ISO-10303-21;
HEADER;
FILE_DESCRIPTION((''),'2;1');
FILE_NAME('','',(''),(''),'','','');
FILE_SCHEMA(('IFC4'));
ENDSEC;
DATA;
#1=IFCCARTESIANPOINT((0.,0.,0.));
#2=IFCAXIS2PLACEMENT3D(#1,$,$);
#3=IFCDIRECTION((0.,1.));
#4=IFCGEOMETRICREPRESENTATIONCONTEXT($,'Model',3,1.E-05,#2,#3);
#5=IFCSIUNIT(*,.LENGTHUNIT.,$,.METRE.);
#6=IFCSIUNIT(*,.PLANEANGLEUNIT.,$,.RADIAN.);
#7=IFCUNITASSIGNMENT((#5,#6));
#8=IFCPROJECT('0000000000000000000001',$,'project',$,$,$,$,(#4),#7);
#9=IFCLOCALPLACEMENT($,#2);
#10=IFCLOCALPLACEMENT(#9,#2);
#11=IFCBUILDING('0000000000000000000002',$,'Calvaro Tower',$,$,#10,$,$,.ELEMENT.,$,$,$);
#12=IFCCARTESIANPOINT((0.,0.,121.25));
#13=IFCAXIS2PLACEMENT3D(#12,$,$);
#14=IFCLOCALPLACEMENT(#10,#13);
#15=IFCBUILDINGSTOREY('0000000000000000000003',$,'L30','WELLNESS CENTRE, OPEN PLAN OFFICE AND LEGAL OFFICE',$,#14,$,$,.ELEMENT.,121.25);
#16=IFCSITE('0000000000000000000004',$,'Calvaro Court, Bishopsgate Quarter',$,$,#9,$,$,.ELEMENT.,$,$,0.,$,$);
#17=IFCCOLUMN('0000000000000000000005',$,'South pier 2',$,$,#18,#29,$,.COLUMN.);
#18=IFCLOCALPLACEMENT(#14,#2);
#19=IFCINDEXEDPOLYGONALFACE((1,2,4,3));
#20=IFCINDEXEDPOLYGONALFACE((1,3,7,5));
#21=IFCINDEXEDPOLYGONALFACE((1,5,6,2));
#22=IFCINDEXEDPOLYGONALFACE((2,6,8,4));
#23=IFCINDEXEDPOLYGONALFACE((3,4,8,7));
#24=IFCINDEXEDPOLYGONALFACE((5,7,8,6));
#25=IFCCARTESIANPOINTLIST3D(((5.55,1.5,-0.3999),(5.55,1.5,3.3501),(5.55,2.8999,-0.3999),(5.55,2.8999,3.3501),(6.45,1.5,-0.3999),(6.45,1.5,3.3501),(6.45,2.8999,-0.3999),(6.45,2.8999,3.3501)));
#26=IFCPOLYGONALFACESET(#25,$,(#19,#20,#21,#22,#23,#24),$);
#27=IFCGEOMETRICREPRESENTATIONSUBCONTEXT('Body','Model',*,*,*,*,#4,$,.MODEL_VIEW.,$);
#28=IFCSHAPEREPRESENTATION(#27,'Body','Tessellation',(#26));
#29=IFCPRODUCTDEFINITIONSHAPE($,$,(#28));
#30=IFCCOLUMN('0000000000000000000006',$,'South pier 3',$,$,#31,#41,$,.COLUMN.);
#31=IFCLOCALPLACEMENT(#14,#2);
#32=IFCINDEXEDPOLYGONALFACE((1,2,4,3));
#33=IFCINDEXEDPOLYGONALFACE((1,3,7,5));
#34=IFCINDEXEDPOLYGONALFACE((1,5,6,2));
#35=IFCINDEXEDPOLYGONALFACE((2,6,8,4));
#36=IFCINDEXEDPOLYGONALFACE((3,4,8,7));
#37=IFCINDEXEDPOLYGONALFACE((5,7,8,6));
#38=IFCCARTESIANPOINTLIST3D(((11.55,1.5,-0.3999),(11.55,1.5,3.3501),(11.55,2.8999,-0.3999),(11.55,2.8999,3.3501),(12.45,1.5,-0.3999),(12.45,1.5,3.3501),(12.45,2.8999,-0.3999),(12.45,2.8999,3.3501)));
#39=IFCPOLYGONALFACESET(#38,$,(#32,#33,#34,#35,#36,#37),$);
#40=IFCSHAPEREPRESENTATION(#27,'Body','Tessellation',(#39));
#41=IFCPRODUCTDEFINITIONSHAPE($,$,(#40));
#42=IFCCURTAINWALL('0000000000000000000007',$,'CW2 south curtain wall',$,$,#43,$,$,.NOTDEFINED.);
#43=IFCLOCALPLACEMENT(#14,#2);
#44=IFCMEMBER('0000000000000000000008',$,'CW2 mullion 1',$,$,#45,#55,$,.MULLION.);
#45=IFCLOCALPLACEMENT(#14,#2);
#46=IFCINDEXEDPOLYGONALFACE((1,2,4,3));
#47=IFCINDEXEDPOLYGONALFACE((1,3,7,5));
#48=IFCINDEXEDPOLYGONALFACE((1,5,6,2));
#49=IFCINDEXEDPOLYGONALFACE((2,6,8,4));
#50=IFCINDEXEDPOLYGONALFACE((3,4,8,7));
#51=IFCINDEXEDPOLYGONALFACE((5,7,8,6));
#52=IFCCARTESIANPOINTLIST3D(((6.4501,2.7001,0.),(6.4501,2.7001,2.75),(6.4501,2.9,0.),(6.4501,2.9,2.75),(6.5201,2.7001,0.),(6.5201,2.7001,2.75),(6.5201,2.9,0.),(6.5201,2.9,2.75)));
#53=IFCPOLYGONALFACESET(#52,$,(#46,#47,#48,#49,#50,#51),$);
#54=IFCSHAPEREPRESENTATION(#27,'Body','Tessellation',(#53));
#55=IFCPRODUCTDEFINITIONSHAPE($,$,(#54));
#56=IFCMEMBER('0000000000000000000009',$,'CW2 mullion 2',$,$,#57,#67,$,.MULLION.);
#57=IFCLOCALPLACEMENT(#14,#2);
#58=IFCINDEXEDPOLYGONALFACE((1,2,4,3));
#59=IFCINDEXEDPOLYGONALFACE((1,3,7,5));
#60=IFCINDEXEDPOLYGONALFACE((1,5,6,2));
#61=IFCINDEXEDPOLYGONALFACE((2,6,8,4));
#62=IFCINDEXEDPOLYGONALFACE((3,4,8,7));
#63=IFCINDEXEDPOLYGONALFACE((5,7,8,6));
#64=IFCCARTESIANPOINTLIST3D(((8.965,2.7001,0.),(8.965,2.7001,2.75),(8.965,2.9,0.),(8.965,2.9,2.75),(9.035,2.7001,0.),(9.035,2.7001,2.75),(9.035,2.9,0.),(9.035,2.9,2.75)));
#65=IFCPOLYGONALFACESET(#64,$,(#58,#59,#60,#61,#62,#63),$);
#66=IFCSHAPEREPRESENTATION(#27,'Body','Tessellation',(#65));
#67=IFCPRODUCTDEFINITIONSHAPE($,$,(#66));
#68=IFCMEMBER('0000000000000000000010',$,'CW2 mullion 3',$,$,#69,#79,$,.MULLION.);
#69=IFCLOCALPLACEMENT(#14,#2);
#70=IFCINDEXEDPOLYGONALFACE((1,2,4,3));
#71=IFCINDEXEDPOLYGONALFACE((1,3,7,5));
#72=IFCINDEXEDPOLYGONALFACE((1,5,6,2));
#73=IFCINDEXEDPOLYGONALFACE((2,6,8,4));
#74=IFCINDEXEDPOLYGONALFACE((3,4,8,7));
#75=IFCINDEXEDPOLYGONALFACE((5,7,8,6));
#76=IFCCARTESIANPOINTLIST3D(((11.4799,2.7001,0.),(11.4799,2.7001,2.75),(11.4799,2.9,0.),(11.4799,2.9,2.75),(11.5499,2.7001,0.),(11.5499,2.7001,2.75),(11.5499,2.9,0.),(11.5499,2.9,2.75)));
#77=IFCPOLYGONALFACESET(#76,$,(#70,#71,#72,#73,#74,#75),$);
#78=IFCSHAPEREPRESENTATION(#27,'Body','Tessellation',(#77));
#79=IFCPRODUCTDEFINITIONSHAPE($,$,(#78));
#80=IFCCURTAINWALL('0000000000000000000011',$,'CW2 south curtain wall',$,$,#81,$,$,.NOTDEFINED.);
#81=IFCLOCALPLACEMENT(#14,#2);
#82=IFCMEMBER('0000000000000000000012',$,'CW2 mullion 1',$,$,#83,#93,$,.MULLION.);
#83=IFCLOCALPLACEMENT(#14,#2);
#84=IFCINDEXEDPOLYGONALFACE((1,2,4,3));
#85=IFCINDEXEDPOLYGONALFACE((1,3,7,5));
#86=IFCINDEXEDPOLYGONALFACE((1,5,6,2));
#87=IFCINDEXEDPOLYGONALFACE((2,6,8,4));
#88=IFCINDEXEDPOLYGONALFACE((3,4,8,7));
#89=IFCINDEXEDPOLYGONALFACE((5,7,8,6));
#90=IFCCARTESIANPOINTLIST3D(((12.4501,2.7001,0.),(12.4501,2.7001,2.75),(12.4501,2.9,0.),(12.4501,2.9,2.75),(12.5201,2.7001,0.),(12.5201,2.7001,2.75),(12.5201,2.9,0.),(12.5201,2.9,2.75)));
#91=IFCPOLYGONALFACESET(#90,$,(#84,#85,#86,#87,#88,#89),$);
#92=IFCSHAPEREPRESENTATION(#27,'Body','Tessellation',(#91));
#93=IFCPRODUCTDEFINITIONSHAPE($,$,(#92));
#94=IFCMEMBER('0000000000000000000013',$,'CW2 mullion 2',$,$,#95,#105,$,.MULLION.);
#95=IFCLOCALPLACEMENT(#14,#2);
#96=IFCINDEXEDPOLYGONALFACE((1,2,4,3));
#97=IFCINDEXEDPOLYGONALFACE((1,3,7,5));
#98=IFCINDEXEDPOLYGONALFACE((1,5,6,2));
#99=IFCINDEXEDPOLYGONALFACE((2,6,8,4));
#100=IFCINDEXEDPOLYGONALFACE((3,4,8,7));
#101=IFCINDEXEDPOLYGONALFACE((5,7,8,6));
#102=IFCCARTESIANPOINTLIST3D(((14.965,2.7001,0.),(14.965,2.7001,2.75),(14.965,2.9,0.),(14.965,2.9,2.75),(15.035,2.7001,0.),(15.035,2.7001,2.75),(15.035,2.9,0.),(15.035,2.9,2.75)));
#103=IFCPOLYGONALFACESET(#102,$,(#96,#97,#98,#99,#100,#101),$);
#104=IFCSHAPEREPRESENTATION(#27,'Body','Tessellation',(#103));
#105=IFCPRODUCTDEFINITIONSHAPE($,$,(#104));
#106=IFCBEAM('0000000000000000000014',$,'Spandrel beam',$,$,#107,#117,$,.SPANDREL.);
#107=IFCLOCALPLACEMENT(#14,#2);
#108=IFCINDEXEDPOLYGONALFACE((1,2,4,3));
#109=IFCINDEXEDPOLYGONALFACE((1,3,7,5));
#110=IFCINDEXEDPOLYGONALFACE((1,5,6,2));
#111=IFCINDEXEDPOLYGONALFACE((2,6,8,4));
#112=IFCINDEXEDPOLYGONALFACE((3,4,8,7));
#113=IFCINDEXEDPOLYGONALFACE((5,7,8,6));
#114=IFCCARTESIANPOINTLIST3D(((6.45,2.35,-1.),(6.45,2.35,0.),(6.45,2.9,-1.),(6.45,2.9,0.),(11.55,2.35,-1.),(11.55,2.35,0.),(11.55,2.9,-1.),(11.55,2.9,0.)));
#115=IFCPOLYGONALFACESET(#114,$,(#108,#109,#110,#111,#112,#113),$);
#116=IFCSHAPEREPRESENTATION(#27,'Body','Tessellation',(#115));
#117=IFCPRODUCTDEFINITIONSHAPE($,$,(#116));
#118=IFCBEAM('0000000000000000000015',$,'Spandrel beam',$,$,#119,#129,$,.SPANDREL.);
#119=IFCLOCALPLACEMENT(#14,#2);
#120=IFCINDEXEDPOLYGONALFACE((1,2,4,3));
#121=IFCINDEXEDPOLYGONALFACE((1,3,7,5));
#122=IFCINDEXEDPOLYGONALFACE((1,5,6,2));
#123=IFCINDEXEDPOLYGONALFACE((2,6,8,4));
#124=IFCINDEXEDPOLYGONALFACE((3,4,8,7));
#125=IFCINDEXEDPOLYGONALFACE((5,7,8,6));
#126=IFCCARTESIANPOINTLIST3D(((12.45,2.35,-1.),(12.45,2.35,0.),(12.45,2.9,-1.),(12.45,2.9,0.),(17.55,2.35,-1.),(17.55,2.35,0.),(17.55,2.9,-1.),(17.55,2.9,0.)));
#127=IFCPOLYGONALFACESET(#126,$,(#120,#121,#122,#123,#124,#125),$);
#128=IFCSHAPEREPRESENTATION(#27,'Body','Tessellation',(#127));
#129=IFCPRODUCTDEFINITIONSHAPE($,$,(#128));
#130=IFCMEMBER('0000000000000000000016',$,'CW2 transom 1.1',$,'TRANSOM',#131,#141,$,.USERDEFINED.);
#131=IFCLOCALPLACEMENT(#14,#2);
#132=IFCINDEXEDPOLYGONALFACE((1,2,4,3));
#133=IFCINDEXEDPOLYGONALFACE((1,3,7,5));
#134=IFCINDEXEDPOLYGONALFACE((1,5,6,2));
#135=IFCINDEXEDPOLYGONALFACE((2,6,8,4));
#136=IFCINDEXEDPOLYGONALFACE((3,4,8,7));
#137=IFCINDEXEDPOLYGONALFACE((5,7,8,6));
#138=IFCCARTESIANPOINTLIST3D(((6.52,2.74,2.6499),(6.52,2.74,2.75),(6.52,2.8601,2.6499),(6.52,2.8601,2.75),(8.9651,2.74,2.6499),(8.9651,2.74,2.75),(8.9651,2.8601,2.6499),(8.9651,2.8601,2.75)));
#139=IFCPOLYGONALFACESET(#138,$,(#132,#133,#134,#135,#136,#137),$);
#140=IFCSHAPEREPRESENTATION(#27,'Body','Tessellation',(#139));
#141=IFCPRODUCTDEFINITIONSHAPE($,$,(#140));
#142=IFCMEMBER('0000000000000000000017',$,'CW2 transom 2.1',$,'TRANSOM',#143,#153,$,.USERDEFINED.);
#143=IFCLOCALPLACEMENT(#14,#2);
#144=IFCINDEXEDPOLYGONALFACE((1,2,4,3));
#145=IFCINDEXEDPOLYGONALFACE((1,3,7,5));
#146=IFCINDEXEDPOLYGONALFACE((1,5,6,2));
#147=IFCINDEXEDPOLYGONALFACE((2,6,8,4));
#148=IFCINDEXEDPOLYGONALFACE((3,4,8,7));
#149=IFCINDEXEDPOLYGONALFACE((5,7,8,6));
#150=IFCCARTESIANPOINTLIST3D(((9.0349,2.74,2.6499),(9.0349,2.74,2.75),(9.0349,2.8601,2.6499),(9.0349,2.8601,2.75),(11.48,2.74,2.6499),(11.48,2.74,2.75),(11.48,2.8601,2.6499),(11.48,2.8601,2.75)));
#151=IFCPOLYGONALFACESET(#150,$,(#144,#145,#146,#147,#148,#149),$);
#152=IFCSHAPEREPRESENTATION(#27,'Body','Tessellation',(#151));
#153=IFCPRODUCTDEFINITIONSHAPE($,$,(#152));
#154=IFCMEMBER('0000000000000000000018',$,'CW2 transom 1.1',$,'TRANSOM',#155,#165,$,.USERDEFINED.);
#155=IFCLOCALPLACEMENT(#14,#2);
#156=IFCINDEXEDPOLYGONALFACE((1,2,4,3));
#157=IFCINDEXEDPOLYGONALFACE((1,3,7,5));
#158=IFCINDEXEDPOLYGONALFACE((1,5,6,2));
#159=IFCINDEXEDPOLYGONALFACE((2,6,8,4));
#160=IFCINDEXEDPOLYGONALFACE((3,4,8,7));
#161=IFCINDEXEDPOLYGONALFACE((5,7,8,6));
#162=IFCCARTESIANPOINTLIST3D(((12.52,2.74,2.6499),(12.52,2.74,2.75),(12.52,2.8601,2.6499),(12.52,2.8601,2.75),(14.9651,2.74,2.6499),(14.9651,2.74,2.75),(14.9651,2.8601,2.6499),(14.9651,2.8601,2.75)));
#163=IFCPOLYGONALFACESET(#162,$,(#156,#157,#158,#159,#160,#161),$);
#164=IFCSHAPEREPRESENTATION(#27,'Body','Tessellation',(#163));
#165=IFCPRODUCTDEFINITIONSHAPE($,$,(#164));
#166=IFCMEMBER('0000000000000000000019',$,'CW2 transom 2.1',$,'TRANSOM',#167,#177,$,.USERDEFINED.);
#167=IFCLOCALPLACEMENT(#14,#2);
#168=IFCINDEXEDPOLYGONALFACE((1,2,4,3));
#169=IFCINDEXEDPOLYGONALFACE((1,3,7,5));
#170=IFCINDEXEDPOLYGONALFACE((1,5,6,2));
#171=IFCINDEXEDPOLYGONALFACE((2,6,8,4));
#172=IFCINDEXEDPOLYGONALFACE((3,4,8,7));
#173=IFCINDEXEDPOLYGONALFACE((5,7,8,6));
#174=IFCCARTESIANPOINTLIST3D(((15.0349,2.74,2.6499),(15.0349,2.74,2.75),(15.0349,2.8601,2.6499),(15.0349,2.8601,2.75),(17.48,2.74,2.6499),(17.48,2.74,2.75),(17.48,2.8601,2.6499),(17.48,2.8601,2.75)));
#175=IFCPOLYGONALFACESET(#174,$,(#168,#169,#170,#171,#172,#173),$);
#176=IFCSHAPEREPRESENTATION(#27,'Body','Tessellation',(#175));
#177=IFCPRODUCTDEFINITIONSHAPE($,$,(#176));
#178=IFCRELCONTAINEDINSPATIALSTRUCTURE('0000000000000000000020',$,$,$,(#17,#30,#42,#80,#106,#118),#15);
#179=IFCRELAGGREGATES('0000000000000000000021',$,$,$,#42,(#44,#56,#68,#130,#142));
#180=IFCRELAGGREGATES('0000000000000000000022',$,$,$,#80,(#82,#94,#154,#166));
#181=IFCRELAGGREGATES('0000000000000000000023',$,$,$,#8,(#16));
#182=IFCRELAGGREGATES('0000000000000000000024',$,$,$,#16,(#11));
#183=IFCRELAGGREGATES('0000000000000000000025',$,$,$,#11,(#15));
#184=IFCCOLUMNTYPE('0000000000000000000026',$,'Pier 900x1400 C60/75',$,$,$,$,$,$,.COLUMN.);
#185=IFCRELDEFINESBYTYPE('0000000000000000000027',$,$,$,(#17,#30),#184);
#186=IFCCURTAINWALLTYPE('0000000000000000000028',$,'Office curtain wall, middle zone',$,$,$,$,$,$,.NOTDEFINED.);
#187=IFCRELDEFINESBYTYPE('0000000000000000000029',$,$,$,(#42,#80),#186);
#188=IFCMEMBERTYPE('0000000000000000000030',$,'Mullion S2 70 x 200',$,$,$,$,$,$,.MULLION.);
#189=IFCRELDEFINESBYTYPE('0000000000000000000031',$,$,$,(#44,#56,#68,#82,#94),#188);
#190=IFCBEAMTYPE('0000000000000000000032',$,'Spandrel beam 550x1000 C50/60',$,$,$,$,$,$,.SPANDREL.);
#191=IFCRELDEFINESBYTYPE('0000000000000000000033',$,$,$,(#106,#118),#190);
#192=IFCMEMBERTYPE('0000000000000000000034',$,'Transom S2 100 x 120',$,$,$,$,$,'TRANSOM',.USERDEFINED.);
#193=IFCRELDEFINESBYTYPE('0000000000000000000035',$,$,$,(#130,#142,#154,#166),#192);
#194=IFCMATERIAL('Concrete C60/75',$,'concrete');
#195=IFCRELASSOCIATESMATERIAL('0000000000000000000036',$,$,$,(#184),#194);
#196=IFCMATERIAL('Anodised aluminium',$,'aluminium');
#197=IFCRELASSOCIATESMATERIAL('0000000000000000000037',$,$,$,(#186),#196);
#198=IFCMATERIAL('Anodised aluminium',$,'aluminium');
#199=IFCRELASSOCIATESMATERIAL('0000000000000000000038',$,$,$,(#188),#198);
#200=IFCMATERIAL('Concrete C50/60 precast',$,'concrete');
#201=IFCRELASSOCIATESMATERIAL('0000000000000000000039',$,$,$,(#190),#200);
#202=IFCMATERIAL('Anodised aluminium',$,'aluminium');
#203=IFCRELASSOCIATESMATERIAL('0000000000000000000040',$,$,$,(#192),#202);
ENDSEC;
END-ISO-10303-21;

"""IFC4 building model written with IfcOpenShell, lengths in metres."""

from ifc_helpers import new_model, si_unit, direction, frame, origin, origin_2d, place, context, subcontext, project, spatial, rectangle, extrude, material, material_profile, profile_set, type_object, element, aggregate, save


model = new_model("IFC4")

# Units and contexts
model_context = context("Model", 3, precision=1e-05, world=origin(), true_north=direction((0.0, 1.0)))
body_context = subcontext(model_context, "Body", "Model", "MODEL_VIEW")
ifc_project = project(units=[si_unit("LENGTHUNIT", "METRE"), si_unit("PLANEANGLEUNIT", "RADIAN")], contexts=[model_context])

# Site, building, storey
site_placement = place(None, origin())
site = spatial("IfcSite", under=ifc_project, at=site_placement, Name="Calvaro Court, Bishopsgate Quarter", CompositionType="ELEMENT", RefElevation=0.0)
building_placement = place(site_placement, origin())
building = spatial("IfcBuilding", under=site, at=building_placement, Name="Calvaro Tower", CompositionType="ELEMENT")
storey_placement = place(building_placement, frame((0.0, 0.0, 121.25)))
storey = spatial("IfcBuildingStorey", under=building, at=storey_placement, Name="L30", Description="WELLNESS CENTRE, OPEN PLAN OFFICE AND LEGAL OFFICE", CompositionType="ELEMENT", Elevation=121.25)

# Columns
ifc_material_1 = material(Name="Concrete C60/75", Category="concrete")
ifc_material_profile_1 = material_profile(ifc_material_1, rectangle(XDim=0.8999, YDim=1.3999, at=origin_2d()), Name="RC 900x1400")
ifc_profile_set_1 = profile_set([ifc_material_profile_1], Name="Concrete C60/75")
column_type = type_object("IfcColumnType", Name="Pier 900x1400 C60/75", PredefinedType="COLUMN", material=ifc_profile_set_1)
for number, where, z_axis, x_axis, name in (
    (1, (6.0, 2.2, -0.3999), (0.0, 0.0, 1.0), (1.0, 0.0, 0.0), "South pier 2"),
    (2, (12.0, 2.2, -0.3999), (0.0, 0.0, 1.0), (1.0, 0.0, 0.0), "South pier 3"),
):
    element("IfcColumn", number, at=place(storey_placement, frame(where, z_axis=z_axis, x_axis=x_axis)), inside=storey, type_object=column_type, Name=name, PredefinedType="COLUMN", context=body_context, shape_type="SweptSolid", body=[
        extrude(rectangle(XDim=0.8999, YDim=1.3999, at=origin_2d()), origin(), (0.0, 0.0, 1.0), 3.75),
    ])

# Curtain walls, members
ifc_material_2 = material(Name="Anodised aluminium", Category="aluminium")
curtain_wall_type = type_object("IfcCurtainWallType", Name="Office curtain wall, middle zone", PredefinedType="NOTDEFINED", material=ifc_material_2)
curtain_wall_1_placement = place(storey_placement, origin())
curtain_wall_1 = element("IfcCurtainWall", 3, at=curtain_wall_1_placement, inside=storey, type_object=curtain_wall_type, Name="CW2 south curtain wall", PredefinedType="NOTDEFINED")
ifc_material_3 = material(Name="Anodised aluminium", Category="aluminium")
ifc_material_profile_2 = material_profile(ifc_material_3, rectangle(XDim=0.2, YDim=0.0701, at=origin_2d()), Name="Mullion S2 70 x 200")
ifc_profile_set_2 = profile_set([ifc_material_profile_2], Name="Anodised aluminium")
member_type_1 = type_object("IfcMemberType", Name="Mullion S2 70 x 200", PredefinedType="MULLION", material=ifc_profile_set_2)
member_1_placement = place(storey_placement, frame((6.4851, 2.8, 0.0), z_axis=(0.0, 0.0, 1.0), x_axis=(0.0, 1.0, 0.0)))
member_1 = element("IfcMember", 4, at=member_1_placement, type_object=member_type_1, Name="CW2 mullion 1", PredefinedType="MULLION", context=body_context, shape_type="SweptSolid", body=[
    extrude(rectangle(XDim=0.2, YDim=0.0701, at=origin_2d()), origin(), (0.0, 0.0, 1.0), 2.75),
])
member_2_placement = place(storey_placement, frame((9.0, 2.8, 0.0), z_axis=(0.0, 0.0, 1.0), x_axis=(0.0, 1.0, 0.0)))
member_2 = element("IfcMember", 5, at=member_2_placement, type_object=member_type_1, Name="CW2 mullion 2", PredefinedType="MULLION", context=body_context, shape_type="SweptSolid", body=[
    extrude(rectangle(XDim=0.2, YDim=0.0701, at=origin_2d()), origin(), (0.0, 0.0, 1.0), 2.75),
])
member_3_placement = place(storey_placement, frame((11.5149, 2.8, 0.0), z_axis=(0.0, 0.0, 1.0), x_axis=(0.0, 1.0, 0.0)))
member_3 = element("IfcMember", 6, at=member_3_placement, type_object=member_type_1, Name="CW2 mullion 3", PredefinedType="MULLION", context=body_context, shape_type="SweptSolid", body=[
    extrude(rectangle(XDim=0.2, YDim=0.0701, at=origin_2d()), origin(), (0.0, 0.0, 1.0), 2.75),
])
curtain_wall_2_placement = place(storey_placement, origin())
curtain_wall_2 = element("IfcCurtainWall", 7, at=curtain_wall_2_placement, inside=storey, type_object=curtain_wall_type, Name="CW2 south curtain wall", PredefinedType="NOTDEFINED")
member_4_placement = place(storey_placement, frame((12.4851, 2.8, 0.0), z_axis=(0.0, 0.0, 1.0), x_axis=(0.0, 1.0, 0.0)))
member_4 = element("IfcMember", 8, at=member_4_placement, type_object=member_type_1, Name="CW2 mullion 1", PredefinedType="MULLION", context=body_context, shape_type="SweptSolid", body=[
    extrude(rectangle(XDim=0.2, YDim=0.0701, at=origin_2d()), origin(), (0.0, 0.0, 1.0), 2.75),
])
member_5_placement = place(storey_placement, frame((15.0, 2.8, 0.0), z_axis=(0.0, 0.0, 1.0), x_axis=(0.0, 1.0, 0.0)))
member_5 = element("IfcMember", 9, at=member_5_placement, type_object=member_type_1, Name="CW2 mullion 2", PredefinedType="MULLION", context=body_context, shape_type="SweptSolid", body=[
    extrude(rectangle(XDim=0.2, YDim=0.0701, at=origin_2d()), origin(), (0.0, 0.0, 1.0), 2.75),
])

# Beams
ifc_material_4 = material(Name="Concrete C50/60 precast", Category="concrete")
ifc_material_profile_3 = material_profile(ifc_material_4, rectangle(XDim=0.55, YDim=1.0, at=origin_2d()), Name="RC 550x1000")
ifc_profile_set_3 = profile_set([ifc_material_profile_3], Name="Concrete C50/60 precast")
beam_type = type_object("IfcBeamType", Name="Spandrel beam 550x1000 C50/60", PredefinedType="SPANDREL", material=ifc_profile_set_3)
for number, where, z_axis, x_axis, name in (
    (10, (6.45, 2.625, -0.5), (1.0, 0.0, 0.0), (0.0, 1.0, 0.0), "Spandrel beam"),
    (11, (12.45, 2.625, -0.5), (1.0, 0.0, 0.0), (0.0, 1.0, 0.0), "Spandrel beam"),
):
    element("IfcBeam", number, at=place(storey_placement, frame(where, z_axis=z_axis, x_axis=x_axis)), inside=storey, type_object=beam_type, Name=name, PredefinedType="SPANDREL", context=body_context, shape_type="SweptSolid", body=[
        extrude(rectangle(XDim=0.55, YDim=1.0, at=origin_2d()), origin(), (0.0, 0.0, 1.0), 5.1001),
    ])

# Members
ifc_material_5 = material(Name="Anodised aluminium", Category="aluminium")
ifc_material_profile_4 = material_profile(ifc_material_5, rectangle(XDim=0.1201, YDim=0.1001, at=origin_2d()), Name="Transom S2 100 x 120")
ifc_profile_set_4 = profile_set([ifc_material_profile_4], Name="Anodised aluminium")
member_type_2 = type_object("IfcMemberType", Name="Transom S2 100 x 120", ElementType="TRANSOM", PredefinedType="USERDEFINED", material=ifc_profile_set_4)
member_6_placement = place(storey_placement, frame((6.52, 2.8, 2.7), z_axis=(1.0, 0.0, 0.0), x_axis=(0.0, 1.0, 0.0)))
member_6 = element("IfcMember", 12, at=member_6_placement, type_object=member_type_2, Name="CW2 transom 1.1", ObjectType="TRANSOM", PredefinedType="USERDEFINED", context=body_context, shape_type="SweptSolid", body=[
    extrude(rectangle(XDim=0.1201, YDim=0.1001, at=origin_2d()), origin(), (0.0, 0.0, 1.0), 2.4451),
])
member_7_placement = place(storey_placement, frame((9.0349, 2.8, 2.7), z_axis=(1.0, 0.0, 0.0), x_axis=(0.0, 1.0, 0.0)))
member_7 = element("IfcMember", 13, at=member_7_placement, type_object=member_type_2, Name="CW2 transom 2.1", ObjectType="TRANSOM", PredefinedType="USERDEFINED", context=body_context, shape_type="SweptSolid", body=[
    extrude(rectangle(XDim=0.1201, YDim=0.1001, at=origin_2d()), origin(), (0.0, 0.0, 1.0), 2.4451),
])
member_8_placement = place(storey_placement, frame((12.52, 2.8, 2.7), z_axis=(1.0, 0.0, 0.0), x_axis=(0.0, 1.0, 0.0)))
member_8 = element("IfcMember", 14, at=member_8_placement, type_object=member_type_2, Name="CW2 transom 1.1", ObjectType="TRANSOM", PredefinedType="USERDEFINED", context=body_context, shape_type="SweptSolid", body=[
    extrude(rectangle(XDim=0.1201, YDim=0.1001, at=origin_2d()), origin(), (0.0, 0.0, 1.0), 2.4451),
])
member_9_placement = place(storey_placement, frame((15.0349, 2.8, 2.7), z_axis=(1.0, 0.0, 0.0), x_axis=(0.0, 1.0, 0.0)))
member_9 = element("IfcMember", 15, at=member_9_placement, type_object=member_type_2, Name="CW2 transom 2.1", ObjectType="TRANSOM", PredefinedType="USERDEFINED", context=body_context, shape_type="SweptSolid", body=[
    extrude(rectangle(XDim=0.1201, YDim=0.1001, at=origin_2d()), origin(), (0.0, 0.0, 1.0), 2.4451),
])

aggregate(curtain_wall_1, [member_1, member_2, member_3, member_6, member_7])
aggregate(curtain_wall_2, [member_4, member_5, member_8, member_9])

save(model, "model.ifc")
